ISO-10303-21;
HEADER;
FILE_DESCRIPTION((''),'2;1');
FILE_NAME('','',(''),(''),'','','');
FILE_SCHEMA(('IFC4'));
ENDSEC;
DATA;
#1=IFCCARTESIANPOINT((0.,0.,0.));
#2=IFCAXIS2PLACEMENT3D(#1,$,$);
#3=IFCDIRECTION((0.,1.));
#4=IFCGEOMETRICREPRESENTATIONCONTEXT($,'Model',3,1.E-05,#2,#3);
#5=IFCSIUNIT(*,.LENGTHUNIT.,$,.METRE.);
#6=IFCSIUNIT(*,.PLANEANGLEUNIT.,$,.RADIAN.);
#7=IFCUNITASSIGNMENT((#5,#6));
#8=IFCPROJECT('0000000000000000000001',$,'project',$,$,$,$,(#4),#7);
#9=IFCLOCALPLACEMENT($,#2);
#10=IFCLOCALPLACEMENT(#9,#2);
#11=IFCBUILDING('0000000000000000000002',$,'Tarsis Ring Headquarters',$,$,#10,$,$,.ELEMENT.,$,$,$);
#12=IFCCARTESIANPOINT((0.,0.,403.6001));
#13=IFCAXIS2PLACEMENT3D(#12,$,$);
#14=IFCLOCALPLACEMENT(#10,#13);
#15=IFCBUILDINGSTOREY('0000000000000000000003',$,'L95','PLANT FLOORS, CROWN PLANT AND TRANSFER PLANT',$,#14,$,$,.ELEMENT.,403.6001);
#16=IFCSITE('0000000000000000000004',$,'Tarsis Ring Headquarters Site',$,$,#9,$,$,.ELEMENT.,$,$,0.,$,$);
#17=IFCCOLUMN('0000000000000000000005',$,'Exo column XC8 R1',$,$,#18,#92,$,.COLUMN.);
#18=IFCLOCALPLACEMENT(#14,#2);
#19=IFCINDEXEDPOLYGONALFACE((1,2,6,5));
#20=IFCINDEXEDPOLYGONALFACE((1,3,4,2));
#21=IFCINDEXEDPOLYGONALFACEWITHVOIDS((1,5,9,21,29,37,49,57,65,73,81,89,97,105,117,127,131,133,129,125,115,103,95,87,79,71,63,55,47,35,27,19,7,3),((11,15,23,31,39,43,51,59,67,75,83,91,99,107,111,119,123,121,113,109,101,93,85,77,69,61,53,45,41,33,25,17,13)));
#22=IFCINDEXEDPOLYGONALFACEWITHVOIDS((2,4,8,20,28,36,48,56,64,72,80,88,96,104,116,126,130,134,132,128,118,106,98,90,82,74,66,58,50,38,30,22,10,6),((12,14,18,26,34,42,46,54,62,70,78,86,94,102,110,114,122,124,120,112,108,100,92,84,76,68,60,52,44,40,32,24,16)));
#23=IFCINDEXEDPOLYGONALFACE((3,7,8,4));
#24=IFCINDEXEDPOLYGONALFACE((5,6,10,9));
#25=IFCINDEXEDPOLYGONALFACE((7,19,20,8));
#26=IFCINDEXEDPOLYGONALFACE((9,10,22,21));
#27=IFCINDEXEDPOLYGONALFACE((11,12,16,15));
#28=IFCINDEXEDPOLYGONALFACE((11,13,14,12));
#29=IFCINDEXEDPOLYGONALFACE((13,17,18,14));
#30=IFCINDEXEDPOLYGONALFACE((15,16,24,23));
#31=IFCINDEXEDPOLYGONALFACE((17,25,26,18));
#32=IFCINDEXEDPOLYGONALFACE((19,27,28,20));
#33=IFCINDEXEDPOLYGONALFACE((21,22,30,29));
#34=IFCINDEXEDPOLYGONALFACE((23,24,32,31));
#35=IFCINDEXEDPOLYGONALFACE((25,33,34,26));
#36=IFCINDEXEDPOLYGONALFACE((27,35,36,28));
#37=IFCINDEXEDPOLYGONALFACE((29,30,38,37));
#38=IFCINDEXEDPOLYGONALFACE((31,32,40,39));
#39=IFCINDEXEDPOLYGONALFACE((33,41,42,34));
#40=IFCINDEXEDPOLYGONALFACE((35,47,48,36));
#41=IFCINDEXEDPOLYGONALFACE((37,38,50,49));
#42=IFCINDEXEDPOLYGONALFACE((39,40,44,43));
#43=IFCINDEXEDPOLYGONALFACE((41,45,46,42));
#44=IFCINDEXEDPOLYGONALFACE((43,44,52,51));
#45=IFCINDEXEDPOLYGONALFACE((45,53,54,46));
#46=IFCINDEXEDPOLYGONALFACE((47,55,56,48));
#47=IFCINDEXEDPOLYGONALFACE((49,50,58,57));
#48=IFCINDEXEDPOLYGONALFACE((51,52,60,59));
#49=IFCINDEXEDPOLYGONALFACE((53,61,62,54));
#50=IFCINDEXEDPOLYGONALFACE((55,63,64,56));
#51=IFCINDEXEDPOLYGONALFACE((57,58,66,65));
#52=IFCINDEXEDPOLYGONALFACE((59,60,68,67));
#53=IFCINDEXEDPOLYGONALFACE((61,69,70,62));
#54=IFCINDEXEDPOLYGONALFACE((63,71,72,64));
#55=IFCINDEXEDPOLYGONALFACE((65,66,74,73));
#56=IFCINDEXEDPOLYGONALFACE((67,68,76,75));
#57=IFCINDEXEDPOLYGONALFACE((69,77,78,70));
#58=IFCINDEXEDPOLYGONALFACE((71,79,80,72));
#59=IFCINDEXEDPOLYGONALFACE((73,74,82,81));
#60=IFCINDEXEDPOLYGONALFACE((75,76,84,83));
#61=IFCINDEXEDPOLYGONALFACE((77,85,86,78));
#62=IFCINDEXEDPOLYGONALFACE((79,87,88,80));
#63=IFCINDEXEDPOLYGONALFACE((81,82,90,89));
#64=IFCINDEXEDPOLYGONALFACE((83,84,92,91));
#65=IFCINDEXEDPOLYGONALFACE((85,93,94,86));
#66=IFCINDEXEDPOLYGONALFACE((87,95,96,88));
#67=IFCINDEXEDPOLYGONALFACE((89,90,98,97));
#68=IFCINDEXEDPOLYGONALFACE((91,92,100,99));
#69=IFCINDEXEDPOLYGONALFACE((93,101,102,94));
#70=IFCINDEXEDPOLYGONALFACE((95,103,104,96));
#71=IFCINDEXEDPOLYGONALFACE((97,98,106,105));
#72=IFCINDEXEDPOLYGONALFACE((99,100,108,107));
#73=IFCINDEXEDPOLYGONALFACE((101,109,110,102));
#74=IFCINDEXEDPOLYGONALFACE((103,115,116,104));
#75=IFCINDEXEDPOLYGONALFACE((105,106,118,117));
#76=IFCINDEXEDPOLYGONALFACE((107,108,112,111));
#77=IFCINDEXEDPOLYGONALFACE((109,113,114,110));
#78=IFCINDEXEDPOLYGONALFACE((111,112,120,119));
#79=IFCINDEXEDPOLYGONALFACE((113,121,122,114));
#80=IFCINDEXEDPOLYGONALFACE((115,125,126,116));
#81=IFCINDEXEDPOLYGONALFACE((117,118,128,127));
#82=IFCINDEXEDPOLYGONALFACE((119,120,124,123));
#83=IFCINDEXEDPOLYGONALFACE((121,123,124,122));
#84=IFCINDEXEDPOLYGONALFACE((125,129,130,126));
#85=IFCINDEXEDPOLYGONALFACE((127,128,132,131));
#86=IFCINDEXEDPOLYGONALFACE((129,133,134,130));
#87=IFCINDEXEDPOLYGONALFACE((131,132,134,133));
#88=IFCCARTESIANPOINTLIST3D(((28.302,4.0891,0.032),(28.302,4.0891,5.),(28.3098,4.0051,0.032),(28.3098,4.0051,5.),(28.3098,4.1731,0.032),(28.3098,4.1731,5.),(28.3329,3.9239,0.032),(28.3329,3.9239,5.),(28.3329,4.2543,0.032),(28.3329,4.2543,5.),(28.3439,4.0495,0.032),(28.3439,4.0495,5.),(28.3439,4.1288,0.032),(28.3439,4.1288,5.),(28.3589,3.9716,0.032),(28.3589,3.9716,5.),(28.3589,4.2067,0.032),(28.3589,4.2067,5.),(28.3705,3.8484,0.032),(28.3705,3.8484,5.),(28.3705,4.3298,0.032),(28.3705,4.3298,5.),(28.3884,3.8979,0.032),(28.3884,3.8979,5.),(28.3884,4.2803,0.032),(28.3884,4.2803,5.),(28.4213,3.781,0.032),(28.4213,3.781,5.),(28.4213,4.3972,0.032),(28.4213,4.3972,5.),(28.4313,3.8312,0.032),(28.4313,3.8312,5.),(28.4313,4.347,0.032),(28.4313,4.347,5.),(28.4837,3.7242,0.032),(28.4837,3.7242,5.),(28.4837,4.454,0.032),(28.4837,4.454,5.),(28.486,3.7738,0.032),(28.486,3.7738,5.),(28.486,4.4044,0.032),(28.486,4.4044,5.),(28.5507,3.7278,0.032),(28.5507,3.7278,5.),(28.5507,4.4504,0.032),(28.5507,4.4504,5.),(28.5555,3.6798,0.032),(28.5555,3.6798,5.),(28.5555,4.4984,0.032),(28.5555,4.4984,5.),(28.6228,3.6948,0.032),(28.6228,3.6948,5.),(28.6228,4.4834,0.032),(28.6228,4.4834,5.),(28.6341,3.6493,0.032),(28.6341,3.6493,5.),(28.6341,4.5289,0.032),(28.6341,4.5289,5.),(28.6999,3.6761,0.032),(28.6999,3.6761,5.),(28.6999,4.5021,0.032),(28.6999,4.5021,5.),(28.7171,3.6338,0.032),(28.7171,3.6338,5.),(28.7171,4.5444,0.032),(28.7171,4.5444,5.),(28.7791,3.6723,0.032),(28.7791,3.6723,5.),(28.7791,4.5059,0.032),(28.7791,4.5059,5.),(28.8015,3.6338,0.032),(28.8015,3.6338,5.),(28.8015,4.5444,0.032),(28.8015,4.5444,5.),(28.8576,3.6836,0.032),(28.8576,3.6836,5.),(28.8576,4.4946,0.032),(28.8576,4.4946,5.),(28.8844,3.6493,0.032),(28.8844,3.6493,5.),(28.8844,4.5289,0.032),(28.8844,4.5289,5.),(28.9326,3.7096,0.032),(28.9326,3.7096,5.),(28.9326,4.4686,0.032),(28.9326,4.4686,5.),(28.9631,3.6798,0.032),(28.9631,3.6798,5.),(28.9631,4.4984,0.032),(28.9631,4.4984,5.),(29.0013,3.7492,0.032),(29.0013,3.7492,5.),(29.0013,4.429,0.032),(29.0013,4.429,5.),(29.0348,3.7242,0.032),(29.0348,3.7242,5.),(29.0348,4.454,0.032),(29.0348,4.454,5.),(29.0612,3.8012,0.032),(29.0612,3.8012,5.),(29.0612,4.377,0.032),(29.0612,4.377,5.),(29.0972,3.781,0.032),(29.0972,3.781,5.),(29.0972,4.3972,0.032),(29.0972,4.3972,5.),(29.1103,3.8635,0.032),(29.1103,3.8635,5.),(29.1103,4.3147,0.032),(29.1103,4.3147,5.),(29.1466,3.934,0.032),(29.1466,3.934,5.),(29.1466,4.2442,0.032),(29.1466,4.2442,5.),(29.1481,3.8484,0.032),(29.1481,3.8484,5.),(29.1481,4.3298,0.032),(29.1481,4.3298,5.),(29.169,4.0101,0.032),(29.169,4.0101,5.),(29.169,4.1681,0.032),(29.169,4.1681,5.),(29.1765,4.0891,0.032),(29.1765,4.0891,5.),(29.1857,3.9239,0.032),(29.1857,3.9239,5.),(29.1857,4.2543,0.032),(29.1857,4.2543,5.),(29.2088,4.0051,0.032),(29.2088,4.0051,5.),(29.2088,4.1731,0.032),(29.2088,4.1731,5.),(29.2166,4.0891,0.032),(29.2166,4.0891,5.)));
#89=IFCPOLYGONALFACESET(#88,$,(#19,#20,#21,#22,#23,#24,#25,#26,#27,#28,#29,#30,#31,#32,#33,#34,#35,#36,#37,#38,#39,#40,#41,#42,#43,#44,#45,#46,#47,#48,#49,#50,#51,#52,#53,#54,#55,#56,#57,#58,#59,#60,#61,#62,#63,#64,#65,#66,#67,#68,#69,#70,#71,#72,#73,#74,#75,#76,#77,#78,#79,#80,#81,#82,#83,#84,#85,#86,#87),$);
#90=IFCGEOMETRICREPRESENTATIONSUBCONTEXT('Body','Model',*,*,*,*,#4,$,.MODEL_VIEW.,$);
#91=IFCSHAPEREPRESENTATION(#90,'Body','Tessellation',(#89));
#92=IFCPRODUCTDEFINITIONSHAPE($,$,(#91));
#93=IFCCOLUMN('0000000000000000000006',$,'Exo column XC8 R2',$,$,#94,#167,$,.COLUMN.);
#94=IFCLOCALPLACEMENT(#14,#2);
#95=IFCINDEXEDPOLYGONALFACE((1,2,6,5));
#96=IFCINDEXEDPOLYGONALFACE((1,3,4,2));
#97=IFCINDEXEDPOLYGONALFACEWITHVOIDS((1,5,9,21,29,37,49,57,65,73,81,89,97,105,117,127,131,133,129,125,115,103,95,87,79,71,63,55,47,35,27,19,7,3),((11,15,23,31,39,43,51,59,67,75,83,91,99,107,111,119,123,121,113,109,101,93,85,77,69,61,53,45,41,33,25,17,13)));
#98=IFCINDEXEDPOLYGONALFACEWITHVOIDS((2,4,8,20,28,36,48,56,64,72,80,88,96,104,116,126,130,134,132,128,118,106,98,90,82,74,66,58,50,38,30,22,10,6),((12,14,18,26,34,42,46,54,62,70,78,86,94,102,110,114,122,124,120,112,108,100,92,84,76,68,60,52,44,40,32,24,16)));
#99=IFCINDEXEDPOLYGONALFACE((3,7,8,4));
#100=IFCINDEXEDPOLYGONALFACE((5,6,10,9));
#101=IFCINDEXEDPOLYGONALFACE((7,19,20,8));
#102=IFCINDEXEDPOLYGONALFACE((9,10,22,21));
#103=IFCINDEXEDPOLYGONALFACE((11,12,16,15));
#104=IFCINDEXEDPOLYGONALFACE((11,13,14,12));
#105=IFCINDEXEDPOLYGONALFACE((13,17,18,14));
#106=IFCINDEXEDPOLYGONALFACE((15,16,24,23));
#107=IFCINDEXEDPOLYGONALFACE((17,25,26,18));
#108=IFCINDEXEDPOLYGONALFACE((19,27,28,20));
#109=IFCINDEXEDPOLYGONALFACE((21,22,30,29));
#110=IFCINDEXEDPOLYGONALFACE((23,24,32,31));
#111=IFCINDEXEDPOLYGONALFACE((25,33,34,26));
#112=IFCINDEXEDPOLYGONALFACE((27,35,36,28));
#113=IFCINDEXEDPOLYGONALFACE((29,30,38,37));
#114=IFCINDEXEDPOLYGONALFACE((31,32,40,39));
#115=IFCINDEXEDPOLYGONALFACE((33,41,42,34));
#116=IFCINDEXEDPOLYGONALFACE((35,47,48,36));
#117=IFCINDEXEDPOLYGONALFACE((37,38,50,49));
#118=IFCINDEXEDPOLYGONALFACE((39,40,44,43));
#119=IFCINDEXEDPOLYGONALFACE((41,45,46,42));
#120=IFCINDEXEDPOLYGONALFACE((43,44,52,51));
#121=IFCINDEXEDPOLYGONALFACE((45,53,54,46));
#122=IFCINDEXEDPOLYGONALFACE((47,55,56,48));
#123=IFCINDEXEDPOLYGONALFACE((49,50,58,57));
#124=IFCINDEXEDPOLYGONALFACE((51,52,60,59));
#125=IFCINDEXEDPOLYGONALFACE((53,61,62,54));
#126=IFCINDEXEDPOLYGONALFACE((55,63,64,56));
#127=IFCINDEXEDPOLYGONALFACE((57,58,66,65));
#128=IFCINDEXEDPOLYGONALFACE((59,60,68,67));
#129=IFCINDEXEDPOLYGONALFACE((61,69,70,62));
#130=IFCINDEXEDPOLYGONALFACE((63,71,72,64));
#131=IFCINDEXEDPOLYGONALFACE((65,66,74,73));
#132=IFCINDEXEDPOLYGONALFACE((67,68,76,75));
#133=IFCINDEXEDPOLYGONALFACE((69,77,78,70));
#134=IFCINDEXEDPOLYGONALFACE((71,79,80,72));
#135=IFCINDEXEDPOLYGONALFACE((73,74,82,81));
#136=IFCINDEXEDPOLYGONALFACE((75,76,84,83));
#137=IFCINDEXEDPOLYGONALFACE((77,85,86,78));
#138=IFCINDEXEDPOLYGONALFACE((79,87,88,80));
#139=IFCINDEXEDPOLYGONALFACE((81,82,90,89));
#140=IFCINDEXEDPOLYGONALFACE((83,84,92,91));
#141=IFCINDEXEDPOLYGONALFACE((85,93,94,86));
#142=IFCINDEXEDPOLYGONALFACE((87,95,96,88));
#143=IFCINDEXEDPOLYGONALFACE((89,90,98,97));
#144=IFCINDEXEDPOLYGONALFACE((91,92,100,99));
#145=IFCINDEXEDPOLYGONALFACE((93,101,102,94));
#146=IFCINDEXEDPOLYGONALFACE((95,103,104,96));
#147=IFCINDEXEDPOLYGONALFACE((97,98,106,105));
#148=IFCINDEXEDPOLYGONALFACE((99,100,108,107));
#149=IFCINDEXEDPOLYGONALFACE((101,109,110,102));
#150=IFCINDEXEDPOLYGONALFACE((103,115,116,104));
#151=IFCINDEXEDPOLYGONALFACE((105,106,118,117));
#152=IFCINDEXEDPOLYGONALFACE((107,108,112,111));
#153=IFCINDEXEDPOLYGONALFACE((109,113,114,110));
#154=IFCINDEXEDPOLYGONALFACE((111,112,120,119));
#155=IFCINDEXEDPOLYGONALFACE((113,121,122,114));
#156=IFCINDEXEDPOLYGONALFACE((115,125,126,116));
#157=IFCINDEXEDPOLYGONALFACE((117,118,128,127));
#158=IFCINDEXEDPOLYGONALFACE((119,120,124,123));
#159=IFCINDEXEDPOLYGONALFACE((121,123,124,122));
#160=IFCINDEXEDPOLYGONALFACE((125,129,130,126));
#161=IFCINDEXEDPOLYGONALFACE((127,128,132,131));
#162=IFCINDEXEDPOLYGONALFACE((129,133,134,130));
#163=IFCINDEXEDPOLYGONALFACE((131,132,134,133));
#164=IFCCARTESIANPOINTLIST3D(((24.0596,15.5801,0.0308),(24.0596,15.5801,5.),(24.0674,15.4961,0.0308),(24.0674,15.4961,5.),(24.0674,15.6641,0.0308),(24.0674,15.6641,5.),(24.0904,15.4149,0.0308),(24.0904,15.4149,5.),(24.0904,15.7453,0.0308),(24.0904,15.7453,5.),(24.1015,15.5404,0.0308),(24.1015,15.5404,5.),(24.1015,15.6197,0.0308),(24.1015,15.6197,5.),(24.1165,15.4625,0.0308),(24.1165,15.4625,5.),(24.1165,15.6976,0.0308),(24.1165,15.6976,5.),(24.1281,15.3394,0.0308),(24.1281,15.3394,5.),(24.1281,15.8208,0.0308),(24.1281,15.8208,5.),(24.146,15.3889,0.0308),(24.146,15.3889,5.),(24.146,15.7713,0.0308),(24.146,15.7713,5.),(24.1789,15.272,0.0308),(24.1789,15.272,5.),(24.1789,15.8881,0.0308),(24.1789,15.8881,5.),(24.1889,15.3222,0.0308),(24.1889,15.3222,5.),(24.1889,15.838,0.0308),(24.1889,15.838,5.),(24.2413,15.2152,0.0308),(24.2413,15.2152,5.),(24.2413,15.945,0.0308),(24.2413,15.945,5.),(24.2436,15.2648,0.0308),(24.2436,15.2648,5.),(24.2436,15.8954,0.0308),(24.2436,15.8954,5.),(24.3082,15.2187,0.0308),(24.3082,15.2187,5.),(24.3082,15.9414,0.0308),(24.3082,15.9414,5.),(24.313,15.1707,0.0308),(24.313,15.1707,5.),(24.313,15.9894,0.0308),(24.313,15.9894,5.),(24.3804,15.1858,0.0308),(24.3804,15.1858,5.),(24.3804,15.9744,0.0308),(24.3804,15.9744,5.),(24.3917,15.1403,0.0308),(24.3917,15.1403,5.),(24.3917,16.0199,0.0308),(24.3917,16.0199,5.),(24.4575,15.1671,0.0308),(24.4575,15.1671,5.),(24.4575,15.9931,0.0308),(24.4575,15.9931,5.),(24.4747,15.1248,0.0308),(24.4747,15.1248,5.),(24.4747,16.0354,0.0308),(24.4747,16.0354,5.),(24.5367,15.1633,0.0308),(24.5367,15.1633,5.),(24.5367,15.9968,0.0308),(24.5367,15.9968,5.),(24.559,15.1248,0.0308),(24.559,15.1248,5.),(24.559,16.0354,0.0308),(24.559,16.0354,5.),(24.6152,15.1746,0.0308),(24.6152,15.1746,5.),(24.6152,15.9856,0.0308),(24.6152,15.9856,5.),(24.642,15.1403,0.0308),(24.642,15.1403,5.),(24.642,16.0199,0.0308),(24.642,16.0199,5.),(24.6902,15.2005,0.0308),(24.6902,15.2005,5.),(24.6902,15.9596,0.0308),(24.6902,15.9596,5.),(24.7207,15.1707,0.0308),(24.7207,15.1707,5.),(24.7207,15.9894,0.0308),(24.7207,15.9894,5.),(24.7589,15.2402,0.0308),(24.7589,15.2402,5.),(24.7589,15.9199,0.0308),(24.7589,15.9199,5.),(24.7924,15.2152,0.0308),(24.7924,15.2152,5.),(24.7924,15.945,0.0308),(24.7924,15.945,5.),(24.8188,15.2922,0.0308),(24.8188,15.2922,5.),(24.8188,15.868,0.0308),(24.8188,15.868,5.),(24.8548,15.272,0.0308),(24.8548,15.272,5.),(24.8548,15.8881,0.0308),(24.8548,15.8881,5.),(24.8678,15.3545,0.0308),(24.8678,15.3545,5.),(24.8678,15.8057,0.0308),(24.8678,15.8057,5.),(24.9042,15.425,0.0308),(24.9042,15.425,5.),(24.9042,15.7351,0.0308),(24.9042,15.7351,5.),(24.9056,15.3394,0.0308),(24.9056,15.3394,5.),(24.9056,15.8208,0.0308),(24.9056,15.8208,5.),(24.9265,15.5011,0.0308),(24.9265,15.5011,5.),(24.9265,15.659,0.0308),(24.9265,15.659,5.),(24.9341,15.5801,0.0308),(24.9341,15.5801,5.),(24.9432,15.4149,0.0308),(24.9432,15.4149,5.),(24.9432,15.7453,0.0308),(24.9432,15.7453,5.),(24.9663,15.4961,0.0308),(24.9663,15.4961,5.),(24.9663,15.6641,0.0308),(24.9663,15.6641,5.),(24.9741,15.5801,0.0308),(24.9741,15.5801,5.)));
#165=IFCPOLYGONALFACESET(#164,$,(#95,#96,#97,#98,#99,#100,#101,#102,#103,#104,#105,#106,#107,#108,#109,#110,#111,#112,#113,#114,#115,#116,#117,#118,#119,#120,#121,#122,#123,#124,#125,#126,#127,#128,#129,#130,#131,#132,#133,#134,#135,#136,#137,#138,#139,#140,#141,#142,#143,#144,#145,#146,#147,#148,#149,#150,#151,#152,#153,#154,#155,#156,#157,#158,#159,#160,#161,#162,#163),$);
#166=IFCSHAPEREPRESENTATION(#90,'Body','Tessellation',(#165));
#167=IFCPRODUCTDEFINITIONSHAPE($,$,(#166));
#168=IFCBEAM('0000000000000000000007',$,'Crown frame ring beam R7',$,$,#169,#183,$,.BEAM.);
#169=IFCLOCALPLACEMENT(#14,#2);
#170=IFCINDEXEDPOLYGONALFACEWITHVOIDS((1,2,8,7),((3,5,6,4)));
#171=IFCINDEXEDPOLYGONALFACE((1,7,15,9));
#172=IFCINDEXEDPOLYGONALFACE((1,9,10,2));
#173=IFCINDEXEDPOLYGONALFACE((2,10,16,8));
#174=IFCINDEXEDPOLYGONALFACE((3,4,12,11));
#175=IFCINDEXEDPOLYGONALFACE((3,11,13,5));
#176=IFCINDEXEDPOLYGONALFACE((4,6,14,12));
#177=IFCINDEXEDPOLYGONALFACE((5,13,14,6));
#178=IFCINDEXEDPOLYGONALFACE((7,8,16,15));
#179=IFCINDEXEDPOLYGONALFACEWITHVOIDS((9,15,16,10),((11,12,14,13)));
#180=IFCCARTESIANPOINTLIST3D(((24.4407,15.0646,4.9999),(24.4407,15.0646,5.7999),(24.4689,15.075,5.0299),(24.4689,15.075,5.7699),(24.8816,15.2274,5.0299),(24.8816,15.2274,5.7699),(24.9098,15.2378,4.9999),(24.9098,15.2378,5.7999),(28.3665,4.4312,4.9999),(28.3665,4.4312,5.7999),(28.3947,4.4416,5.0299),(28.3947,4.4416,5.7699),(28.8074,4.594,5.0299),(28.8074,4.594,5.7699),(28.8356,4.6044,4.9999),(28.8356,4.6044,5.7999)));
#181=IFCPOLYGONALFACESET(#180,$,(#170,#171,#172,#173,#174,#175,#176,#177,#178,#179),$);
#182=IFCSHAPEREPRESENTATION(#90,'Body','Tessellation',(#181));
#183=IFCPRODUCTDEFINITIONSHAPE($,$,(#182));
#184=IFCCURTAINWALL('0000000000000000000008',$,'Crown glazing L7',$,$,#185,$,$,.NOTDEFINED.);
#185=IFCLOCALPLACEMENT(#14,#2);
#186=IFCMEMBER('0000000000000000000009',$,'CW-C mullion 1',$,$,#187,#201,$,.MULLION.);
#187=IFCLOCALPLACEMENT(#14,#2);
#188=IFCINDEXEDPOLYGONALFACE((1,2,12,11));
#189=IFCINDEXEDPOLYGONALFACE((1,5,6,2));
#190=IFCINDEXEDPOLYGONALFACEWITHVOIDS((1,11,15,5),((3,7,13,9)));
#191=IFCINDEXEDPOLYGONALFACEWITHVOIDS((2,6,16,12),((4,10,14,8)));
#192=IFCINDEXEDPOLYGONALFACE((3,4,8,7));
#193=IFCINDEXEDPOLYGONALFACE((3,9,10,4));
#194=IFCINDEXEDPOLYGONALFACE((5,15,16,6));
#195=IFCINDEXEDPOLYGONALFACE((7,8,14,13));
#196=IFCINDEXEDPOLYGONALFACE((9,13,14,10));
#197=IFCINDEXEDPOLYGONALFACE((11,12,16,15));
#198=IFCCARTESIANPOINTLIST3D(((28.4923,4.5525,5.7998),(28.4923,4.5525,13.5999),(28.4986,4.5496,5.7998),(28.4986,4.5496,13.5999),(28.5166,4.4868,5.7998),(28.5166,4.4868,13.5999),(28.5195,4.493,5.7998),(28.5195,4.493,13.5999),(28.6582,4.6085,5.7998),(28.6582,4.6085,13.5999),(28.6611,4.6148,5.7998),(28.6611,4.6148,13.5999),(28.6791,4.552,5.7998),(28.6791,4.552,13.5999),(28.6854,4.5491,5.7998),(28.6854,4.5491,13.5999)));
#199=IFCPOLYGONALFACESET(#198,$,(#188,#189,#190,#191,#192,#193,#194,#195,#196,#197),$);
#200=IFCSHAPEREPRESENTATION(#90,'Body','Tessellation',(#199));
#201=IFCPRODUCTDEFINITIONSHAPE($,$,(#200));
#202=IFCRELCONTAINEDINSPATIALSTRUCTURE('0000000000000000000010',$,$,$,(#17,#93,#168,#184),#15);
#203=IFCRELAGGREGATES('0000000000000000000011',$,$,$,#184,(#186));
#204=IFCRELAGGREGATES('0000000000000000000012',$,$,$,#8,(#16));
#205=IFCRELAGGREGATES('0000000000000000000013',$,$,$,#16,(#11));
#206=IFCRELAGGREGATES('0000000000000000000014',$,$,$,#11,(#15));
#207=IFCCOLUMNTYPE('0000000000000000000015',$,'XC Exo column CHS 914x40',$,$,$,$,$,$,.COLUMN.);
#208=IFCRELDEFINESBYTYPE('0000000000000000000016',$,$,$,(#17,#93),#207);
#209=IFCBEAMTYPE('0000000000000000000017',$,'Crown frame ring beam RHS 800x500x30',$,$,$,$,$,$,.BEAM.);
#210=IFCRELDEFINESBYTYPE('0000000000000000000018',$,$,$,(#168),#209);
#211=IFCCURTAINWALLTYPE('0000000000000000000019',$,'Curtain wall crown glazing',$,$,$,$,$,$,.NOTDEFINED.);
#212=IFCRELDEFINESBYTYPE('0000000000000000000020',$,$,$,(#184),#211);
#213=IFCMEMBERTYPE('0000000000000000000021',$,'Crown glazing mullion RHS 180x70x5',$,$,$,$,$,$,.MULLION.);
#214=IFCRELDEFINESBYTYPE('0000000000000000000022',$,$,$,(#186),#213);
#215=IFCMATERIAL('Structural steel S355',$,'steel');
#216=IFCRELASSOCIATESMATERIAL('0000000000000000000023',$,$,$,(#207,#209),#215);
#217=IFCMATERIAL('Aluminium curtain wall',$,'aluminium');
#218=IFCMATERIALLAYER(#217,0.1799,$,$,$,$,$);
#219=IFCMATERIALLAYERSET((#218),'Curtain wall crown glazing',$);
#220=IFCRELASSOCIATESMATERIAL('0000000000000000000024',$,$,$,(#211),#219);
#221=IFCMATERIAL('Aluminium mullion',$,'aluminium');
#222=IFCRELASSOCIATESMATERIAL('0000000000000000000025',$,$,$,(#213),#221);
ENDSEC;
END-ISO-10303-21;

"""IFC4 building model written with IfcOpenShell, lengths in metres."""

from ifc_helpers import new_model, si_unit, direction, frame, origin, origin_2d, place, context, subcontext, project, spatial, hollow_rectangle, hollow_circle, extrude, material, layer, layer_set, material_profile, profile_set, type_object, element, aggregate, save


model = new_model("IFC4")

# Units and contexts
model_context = context("Model", 3, precision=1e-05, world=origin(), true_north=direction((0.0, 1.0)))
body_context = subcontext(model_context, "Body", "Model", "MODEL_VIEW")
ifc_project = project(units=[si_unit("LENGTHUNIT", "METRE"), si_unit("PLANEANGLEUNIT", "RADIAN")], contexts=[model_context])

# Site, building, storey
site_placement = place(None, origin())
site = spatial("IfcSite", under=ifc_project, at=site_placement, Name="Tarsis Ring Headquarters Site", CompositionType="ELEMENT", RefElevation=0.0)
building_placement = place(site_placement, origin())
building = spatial("IfcBuilding", under=site, at=building_placement, Name="Tarsis Ring Headquarters", CompositionType="ELEMENT")
storey_placement = place(building_placement, frame((0.0, 0.0, 403.6001)))
storey = spatial("IfcBuildingStorey", under=building, at=storey_placement, Name="L95", Description="PLANT FLOORS, CROWN PLANT AND TRANSFER PLANT", CompositionType="ELEMENT", Elevation=403.6001)

# Columns
ifc_material_1 = material(Name="Structural steel S355", Category="steel")
ifc_material_profile_1 = material_profile(ifc_material_1, hollow_circle(Radius=0.457, WallThickness=0.04, at=origin_2d()), Name="CHS 914x40")
ifc_profile_set_1 = profile_set([ifc_material_profile_1], Name="Structural steel S355")
column_type_1 = type_object("IfcColumnType", Name="XC Exo column CHS 914x40", PredefinedType="COLUMN", material=ifc_profile_set_1)
column_1_placement = place(storey_placement, frame((28.7593, 4.0891, 0.032), z_axis=(0.0, 0.0, 1.0), x_axis=(1.0, 0.0, 0.0)))
element("IfcColumn", 1, at=column_1_placement, inside=storey, type_object=column_type_1, Name="Exo column XC8 R1", PredefinedType="COLUMN", context=body_context, shape_type="SweptSolid", body=[
    extrude(hollow_circle(Radius=0.4573, WallThickness=0.04, at=origin_2d()), origin(), (0.0, 0.0, 1.0), 4.968),
])
column_2_placement = place(storey_placement, frame((24.5168, 15.5801, 0.0308), z_axis=(0.0, 0.0, 1.0), x_axis=(1.0, 0.0, 0.0)))
element("IfcColumn", 2, at=column_2_placement, inside=storey, type_object=column_type_1, Name="Exo column XC8 R2", PredefinedType="COLUMN", context=body_context, shape_type="SweptSolid", body=[
    extrude(hollow_circle(Radius=0.4573, WallThickness=0.04, at=origin_2d()), origin(), (0.0, 0.0, 1.0), 4.9692),
])

# Beam
ifc_material_profile_2 = material_profile(ifc_material_1, hollow_rectangle(XDim=0.5, YDim=0.8, WallThickness=0.03, at=origin_2d()), Name="RHS 800x500x30")
ifc_profile_set_2 = profile_set([ifc_material_profile_2], Name="Structural steel S355")
beam_type_1 = type_object("IfcBeamType", Name="Crown frame ring beam RHS 800x500x30", PredefinedType="BEAM", material=ifc_profile_set_2)
beam_placement = place(storey_placement, frame((28.6011, 4.5178, 5.3999), z_axis=(-0.346346, 0.938107, 0.0), x_axis=(-0.938107, -0.346346, 0.0)))
element("IfcBeam", 3, at=beam_placement, inside=storey, type_object=beam_type_1, Name="Crown frame ring beam R7", PredefinedType="BEAM", context=body_context, shape_type="SweptSolid", body=[
    extrude(hollow_rectangle(XDim=0.5, YDim=0.8, WallThickness=0.03, at=origin_2d()), origin(), (0.0, 0.0, 1.0), 11.335),
])

# Curtain wall, member
ifc_material_2 = material(Name="Aluminium curtain wall", Category="aluminium")
ifc_layer_1 = layer(ifc_material_2, 0.1799)
ifc_layer_set_1 = layer_set([ifc_layer_1], Name="Curtain wall crown glazing")
curtain_wall_type = type_object("IfcCurtainWallType", Name="Curtain wall crown glazing", PredefinedType="NOTDEFINED", material=ifc_layer_set_1)
curtain_wall_placement = place(storey_placement, origin())
curtain_wall = element("IfcCurtainWall", 4, at=curtain_wall_placement, inside=storey, type_object=curtain_wall_type, Name="Crown glazing L7", PredefinedType="NOTDEFINED")
ifc_material_3 = material(Name="Aluminium mullion", Category="aluminium")
ifc_material_profile_3 = material_profile(ifc_material_3, hollow_rectangle(XDim=0.1799, YDim=0.0701, WallThickness=0.0049, at=origin_2d()), Name="RHS 180x70x5")
ifc_profile_set_3 = profile_set([ifc_material_profile_3], Name="Aluminium mullion")
member_type_1 = type_object("IfcMemberType", Name="Crown glazing mullion RHS 180x70x5", PredefinedType="MULLION", material=ifc_profile_set_3)
member_1_placement = place(storey_placement, frame((28.5889, 4.5508, 5.7998), z_axis=(0.0, 0.0, 1.0), x_axis=(-0.938108, -0.346342, 0.0)))
member_1 = element("IfcMember", 5, at=member_1_placement, type_object=member_type_1, Name="CW-C mullion 1", PredefinedType="MULLION", context=body_context, shape_type="SweptSolid", body=[
    extrude(hollow_rectangle(XDim=0.1799, YDim=0.0701, WallThickness=0.0049, at=origin_2d()), origin(), (0.0, 0.0, 1.0), 7.8),
])

aggregate(curtain_wall, [member_1])

save(model, "model.ifc")
